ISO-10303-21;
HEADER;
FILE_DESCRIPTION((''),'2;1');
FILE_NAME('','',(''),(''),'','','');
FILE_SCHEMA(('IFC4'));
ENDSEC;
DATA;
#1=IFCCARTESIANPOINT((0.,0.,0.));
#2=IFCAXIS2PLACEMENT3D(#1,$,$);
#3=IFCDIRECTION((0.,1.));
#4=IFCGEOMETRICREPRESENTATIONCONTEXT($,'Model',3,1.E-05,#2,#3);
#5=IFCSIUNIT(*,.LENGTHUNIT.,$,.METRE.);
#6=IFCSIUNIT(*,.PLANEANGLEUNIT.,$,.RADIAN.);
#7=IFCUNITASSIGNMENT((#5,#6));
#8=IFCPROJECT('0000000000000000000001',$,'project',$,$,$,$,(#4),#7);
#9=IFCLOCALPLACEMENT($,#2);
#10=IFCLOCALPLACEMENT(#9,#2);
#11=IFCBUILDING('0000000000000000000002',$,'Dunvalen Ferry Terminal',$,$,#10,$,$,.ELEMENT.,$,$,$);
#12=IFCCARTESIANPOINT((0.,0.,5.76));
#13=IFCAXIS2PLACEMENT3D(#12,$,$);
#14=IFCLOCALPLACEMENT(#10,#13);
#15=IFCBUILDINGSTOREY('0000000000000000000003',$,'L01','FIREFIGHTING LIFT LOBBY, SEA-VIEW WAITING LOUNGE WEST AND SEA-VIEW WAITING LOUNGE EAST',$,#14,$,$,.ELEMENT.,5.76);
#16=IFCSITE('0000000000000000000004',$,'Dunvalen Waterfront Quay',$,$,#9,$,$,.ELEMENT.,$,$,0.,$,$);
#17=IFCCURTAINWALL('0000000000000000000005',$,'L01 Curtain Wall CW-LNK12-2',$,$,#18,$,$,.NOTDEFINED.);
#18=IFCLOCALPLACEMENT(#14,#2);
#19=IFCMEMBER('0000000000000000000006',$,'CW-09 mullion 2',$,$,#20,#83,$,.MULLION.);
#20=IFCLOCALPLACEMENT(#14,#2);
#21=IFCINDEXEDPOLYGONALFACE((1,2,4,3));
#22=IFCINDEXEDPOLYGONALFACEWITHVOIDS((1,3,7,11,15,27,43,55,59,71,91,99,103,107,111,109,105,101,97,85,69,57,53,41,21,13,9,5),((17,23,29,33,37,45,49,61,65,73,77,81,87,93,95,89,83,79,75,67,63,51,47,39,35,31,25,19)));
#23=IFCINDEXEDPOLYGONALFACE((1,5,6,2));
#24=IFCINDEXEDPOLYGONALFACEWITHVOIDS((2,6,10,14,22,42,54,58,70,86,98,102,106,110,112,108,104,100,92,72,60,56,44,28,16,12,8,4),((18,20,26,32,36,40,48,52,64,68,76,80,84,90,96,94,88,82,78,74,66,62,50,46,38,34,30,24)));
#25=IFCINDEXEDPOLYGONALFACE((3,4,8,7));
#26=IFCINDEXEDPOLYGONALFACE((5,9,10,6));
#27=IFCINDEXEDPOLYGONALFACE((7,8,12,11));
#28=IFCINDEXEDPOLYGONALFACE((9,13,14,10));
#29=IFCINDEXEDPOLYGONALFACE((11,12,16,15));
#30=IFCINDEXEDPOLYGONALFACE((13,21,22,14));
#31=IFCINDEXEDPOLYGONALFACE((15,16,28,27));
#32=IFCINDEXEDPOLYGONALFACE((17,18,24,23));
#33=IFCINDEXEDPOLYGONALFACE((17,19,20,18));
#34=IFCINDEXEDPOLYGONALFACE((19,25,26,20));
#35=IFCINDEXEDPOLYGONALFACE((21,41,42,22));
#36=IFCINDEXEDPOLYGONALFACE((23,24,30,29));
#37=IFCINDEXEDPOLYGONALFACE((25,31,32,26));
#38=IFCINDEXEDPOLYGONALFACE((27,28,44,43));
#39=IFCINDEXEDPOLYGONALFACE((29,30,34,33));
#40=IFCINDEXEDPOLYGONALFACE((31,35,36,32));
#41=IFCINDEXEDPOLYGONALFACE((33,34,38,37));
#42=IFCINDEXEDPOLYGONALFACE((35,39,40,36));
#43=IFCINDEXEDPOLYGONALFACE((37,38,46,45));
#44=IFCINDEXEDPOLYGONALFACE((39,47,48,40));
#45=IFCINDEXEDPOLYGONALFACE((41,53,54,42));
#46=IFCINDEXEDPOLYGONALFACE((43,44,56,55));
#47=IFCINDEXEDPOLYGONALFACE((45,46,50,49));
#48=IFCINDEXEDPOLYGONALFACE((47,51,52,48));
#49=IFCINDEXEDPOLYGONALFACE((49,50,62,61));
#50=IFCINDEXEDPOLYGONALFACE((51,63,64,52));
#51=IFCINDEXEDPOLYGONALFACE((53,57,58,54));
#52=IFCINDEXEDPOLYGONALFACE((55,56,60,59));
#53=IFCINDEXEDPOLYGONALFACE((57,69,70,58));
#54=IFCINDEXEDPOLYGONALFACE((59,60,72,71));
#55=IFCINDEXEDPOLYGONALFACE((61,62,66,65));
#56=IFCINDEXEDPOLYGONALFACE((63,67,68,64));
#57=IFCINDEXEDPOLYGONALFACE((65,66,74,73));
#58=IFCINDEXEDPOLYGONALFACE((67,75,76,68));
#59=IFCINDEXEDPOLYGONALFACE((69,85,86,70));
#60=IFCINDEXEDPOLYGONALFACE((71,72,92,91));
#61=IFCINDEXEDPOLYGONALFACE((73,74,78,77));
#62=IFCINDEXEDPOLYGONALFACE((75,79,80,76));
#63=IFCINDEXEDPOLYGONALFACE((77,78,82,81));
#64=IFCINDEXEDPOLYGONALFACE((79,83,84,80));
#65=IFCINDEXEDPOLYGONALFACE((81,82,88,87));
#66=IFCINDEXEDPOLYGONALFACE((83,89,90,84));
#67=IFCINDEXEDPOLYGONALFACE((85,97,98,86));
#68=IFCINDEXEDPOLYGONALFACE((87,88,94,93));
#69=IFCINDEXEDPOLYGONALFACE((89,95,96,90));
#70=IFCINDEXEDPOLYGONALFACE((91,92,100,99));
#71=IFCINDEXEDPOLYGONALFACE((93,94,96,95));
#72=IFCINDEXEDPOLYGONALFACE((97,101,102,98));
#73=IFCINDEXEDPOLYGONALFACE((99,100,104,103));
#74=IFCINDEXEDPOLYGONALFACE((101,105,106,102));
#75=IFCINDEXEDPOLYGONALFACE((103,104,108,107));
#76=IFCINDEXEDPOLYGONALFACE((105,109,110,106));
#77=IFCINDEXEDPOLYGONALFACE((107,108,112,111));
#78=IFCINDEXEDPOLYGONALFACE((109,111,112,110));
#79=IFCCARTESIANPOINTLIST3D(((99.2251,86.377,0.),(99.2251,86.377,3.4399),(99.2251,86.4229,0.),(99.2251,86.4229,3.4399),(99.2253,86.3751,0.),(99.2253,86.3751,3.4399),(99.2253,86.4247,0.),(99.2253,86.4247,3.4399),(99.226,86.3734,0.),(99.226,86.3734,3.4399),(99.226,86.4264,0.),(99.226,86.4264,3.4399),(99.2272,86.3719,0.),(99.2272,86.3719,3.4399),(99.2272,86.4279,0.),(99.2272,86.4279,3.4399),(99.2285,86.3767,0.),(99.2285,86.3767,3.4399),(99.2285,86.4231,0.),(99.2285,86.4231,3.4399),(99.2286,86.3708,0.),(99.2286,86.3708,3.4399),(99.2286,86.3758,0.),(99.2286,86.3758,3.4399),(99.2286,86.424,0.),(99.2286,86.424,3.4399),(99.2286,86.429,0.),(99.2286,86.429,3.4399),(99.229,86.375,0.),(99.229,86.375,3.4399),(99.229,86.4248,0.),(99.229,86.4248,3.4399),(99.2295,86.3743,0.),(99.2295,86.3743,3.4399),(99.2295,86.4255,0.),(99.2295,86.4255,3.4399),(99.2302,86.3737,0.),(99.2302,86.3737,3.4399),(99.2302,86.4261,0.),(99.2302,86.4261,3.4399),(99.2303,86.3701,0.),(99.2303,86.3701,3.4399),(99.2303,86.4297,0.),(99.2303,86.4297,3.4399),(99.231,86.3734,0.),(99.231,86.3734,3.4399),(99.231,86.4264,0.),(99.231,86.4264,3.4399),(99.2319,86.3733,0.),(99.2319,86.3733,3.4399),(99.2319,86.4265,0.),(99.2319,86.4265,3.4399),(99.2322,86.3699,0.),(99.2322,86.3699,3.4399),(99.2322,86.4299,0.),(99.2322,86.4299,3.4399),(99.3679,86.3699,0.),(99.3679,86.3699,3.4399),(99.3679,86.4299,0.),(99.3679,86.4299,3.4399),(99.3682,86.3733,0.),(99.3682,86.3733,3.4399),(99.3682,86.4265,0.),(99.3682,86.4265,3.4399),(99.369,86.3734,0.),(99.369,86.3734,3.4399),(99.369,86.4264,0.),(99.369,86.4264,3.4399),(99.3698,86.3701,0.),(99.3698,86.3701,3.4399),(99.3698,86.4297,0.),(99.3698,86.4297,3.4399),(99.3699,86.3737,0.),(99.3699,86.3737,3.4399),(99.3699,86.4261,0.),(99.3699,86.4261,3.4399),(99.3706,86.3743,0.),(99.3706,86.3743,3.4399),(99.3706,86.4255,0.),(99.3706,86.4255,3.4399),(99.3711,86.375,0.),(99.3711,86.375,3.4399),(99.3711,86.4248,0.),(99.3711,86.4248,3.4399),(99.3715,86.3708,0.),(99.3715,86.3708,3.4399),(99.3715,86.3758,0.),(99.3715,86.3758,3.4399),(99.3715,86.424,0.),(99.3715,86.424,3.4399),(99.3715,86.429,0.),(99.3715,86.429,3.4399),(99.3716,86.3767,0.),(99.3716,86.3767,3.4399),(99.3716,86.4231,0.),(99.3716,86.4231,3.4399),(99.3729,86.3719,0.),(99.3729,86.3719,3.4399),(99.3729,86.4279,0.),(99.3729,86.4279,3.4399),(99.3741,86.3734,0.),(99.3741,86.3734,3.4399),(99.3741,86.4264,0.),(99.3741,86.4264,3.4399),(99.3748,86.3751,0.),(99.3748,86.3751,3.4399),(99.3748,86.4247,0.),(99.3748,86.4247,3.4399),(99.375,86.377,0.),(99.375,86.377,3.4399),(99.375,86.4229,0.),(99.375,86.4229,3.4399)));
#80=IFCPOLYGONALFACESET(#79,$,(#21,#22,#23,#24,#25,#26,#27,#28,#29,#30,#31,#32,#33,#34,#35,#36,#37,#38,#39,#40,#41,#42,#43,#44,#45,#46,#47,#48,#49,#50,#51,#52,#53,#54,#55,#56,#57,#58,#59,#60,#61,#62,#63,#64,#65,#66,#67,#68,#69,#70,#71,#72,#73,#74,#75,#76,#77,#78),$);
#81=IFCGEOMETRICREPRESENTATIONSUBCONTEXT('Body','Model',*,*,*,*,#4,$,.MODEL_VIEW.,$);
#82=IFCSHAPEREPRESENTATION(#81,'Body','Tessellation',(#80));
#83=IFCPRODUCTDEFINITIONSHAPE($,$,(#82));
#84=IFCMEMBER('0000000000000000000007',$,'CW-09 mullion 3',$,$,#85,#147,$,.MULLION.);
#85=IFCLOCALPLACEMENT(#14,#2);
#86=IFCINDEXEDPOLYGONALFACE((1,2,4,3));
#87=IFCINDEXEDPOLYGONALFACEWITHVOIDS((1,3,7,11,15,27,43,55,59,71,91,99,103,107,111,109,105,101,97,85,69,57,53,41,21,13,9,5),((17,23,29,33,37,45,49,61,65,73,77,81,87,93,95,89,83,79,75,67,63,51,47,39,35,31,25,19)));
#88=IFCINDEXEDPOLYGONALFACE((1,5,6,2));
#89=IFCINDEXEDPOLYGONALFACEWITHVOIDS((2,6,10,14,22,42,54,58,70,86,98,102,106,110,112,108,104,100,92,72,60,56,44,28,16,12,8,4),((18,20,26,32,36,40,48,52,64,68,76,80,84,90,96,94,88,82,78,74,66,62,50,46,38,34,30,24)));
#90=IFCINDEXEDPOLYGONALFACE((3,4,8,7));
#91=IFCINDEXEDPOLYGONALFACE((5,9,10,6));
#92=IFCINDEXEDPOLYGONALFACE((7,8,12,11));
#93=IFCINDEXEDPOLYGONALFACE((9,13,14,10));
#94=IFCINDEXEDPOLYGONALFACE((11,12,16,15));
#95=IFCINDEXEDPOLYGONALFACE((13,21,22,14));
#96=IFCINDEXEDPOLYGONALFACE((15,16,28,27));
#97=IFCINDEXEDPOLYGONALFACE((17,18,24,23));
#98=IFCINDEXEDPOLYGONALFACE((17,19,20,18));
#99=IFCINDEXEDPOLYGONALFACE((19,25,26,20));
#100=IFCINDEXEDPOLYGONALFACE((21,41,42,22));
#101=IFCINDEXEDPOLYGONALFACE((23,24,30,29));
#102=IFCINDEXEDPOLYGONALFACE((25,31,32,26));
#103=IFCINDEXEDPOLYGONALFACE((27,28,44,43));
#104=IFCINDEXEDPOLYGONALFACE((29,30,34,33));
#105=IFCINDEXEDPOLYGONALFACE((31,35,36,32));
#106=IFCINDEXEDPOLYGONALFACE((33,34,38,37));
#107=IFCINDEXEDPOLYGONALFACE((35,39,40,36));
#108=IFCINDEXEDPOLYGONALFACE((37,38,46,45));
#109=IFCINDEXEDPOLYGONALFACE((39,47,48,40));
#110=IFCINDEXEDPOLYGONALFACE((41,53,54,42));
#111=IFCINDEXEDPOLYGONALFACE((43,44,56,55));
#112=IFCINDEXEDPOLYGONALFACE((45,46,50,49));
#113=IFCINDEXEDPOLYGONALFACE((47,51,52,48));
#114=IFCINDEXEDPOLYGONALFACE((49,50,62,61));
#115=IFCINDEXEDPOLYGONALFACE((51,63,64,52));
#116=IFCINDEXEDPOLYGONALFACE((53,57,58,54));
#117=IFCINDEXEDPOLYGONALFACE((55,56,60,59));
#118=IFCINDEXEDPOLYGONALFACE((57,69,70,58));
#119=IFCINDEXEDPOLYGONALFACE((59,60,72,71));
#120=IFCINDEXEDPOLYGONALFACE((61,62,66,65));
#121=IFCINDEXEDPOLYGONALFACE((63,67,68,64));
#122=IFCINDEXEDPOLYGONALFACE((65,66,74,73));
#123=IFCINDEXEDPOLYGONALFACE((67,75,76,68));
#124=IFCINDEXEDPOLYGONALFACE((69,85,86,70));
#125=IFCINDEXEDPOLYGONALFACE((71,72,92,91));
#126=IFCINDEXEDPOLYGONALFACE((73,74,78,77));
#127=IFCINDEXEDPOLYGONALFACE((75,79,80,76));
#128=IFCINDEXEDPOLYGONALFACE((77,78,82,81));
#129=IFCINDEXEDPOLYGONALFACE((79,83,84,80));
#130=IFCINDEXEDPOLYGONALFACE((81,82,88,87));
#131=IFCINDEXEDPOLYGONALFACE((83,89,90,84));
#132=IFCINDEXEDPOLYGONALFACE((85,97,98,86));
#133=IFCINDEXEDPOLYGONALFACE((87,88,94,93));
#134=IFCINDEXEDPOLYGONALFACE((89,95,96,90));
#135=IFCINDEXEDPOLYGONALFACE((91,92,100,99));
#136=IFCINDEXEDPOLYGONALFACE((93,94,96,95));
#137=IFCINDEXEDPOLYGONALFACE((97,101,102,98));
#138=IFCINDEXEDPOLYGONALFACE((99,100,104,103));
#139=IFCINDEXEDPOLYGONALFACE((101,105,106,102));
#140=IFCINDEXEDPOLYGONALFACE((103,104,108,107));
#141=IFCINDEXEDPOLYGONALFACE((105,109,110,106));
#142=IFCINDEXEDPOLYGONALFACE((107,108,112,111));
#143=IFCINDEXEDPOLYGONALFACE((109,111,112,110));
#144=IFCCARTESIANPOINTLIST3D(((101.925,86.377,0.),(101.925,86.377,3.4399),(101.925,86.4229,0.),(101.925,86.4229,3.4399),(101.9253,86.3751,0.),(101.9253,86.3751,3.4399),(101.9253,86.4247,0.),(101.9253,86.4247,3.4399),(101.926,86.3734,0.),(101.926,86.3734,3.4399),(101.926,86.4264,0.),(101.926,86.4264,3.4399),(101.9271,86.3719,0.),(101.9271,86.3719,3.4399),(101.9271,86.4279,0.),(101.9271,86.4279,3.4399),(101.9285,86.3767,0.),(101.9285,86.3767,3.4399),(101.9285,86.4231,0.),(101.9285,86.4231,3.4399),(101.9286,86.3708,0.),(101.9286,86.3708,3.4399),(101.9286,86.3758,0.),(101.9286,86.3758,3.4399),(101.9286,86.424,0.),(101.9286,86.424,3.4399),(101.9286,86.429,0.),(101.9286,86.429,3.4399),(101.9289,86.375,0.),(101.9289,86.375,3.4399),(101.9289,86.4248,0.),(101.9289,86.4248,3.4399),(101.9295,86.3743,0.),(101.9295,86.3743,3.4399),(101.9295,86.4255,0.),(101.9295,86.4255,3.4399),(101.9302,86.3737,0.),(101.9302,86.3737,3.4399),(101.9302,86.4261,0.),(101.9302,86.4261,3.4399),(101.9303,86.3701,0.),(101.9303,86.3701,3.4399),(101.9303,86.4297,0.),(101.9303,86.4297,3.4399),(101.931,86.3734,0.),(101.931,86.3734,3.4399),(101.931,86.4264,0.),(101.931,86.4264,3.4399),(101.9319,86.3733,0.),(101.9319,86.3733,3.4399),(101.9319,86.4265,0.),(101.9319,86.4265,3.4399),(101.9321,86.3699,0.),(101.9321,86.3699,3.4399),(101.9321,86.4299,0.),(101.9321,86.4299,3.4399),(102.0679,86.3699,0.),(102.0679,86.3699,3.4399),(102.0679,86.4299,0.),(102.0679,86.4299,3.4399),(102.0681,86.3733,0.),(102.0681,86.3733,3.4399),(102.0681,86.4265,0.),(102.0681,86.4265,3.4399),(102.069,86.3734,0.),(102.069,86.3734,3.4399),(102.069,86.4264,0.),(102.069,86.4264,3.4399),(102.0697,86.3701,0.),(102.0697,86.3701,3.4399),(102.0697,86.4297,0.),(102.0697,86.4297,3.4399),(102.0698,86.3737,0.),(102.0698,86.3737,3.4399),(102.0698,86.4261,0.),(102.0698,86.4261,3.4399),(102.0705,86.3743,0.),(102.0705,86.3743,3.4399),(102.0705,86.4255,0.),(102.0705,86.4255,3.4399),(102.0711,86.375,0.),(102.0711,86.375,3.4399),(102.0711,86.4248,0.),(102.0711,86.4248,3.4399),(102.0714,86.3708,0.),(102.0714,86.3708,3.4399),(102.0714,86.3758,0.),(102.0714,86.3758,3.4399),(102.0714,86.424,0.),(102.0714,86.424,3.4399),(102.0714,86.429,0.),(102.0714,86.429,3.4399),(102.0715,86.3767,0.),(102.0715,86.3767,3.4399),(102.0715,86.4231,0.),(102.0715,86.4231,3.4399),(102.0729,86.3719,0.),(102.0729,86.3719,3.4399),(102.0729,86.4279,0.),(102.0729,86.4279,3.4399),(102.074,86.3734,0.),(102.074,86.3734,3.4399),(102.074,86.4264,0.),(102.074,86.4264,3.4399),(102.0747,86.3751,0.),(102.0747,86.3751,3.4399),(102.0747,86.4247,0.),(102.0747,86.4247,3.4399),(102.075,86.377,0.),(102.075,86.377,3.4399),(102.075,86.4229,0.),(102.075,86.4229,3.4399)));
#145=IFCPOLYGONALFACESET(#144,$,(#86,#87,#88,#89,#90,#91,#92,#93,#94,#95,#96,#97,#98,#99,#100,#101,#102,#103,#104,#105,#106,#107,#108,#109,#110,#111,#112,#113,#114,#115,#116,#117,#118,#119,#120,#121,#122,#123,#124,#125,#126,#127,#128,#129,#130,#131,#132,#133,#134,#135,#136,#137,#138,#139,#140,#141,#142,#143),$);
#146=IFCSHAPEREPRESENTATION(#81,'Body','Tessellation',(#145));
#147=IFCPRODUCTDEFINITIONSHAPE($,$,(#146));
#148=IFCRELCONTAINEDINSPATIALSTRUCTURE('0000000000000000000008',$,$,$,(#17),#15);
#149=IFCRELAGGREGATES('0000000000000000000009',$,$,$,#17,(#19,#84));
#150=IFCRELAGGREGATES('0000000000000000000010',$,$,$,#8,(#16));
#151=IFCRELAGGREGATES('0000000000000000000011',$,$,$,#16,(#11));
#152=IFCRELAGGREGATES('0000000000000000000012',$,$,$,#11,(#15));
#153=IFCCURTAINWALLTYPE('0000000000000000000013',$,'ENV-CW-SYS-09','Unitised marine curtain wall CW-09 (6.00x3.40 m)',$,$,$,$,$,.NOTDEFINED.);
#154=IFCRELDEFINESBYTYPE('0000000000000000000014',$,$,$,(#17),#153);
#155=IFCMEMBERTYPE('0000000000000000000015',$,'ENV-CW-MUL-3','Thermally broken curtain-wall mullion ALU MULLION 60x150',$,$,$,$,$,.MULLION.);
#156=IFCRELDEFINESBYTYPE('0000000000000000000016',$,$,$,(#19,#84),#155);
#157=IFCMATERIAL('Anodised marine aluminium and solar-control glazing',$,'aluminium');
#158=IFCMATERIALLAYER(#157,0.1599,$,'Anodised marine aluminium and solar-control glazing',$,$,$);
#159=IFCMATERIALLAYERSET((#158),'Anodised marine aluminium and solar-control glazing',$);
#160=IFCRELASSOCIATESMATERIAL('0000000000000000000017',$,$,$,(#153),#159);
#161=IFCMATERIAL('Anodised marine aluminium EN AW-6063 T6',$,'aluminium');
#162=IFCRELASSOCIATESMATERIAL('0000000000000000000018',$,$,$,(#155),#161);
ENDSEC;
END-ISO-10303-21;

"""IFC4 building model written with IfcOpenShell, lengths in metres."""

from ifc_helpers import new_model, si_unit, direction, frame, origin, origin_2d, place, context, subcontext, project, spatial, hollow_rectangle, extrude, material, layer, layer_set, material_profile, profile_set, type_object, element, aggregate, save


model = new_model("IFC4")

# Units and contexts
model_context = context("Model", 3, precision=1e-05, world=origin(), true_north=direction((0.0, 1.0)))
body_context = subcontext(model_context, "Body", "Model", "MODEL_VIEW")
ifc_project = project(units=[si_unit("LENGTHUNIT", "METRE"), si_unit("PLANEANGLEUNIT", "RADIAN")], contexts=[model_context])

# Site, building, storey
site_placement = place(None, origin())
site = spatial("IfcSite", under=ifc_project, at=site_placement, Name="Dunvalen Waterfront Quay", CompositionType="ELEMENT", RefElevation=0.0)
building_placement = place(site_placement, origin())
building = spatial("IfcBuilding", under=site, at=building_placement, Name="Dunvalen Ferry Terminal", CompositionType="ELEMENT")
storey_placement = place(building_placement, frame((0.0, 0.0, 5.76)))
storey = spatial("IfcBuildingStorey", under=building, at=storey_placement, Name="L01", Description="FIREFIGHTING LIFT LOBBY, SEA-VIEW WAITING LOUNGE WEST AND SEA-VIEW WAITING LOUNGE EAST", CompositionType="ELEMENT", Elevation=5.76)

# Curtain wall, members
ifc_material_1 = material(Name="Anodised marine aluminium and solar-control glazing", Category="aluminium")
ifc_layer_1 = layer(ifc_material_1, 0.1599, Name="Anodised marine aluminium and solar-control glazing")
ifc_layer_set_1 = layer_set([ifc_layer_1], Name="Anodised marine aluminium and solar-control glazing")
curtain_wall_type = type_object("IfcCurtainWallType", Name="ENV-CW-SYS-09", Description="Unitised marine curtain wall CW-09 (6.00x3.40 m)", PredefinedType="NOTDEFINED", material=ifc_layer_set_1)
curtain_wall_placement = place(storey_placement, origin())
curtain_wall = element("IfcCurtainWall", 1, at=curtain_wall_placement, inside=storey, type_object=curtain_wall_type, Name="L01 Curtain Wall CW-LNK12-2", PredefinedType="NOTDEFINED")
ifc_material_2 = material(Name="Anodised marine aluminium EN AW-6063 T6", Category="aluminium")
ifc_material_profile_1 = material_profile(ifc_material_2, hollow_rectangle(XDim=0.0601, YDim=0.1499, WallThickness=0.0034, InnerFilletRadius=0.0034, OuterFilletRadius=0.0071, at=origin_2d()), Name="Anodised marine aluminium EN AW-6063 T6")
ifc_profile_set_1 = profile_set([ifc_material_profile_1], Name="Anodised marine aluminium EN AW-6063 T6")
member_type_1 = type_object("IfcMemberType", Name="ENV-CW-MUL-3", Description="Thermally broken curtain-wall mullion ALU MULLION 60x150", PredefinedType="MULLION", material=ifc_profile_set_1)
member_1_placement = place(storey_placement, frame((99.3, 86.3999, 0.0), z_axis=(0.0, 0.0, 1.0), x_axis=(0.0, 1.0, 0.0)))
member_1 = element("IfcMember", 2, at=member_1_placement, type_object=member_type_1, Name="CW-09 mullion 2", PredefinedType="MULLION", context=body_context, shape_type="SweptSolid", body=[
    extrude(hollow_rectangle(XDim=0.0601, YDim=0.1499, WallThickness=0.0034, InnerFilletRadius=0.0034, OuterFilletRadius=0.0071, at=origin_2d()), origin(), (0.0, 0.0, 1.0), 3.4399),
])
member_2_placement = place(storey_placement, frame((102.0, 86.3999, 0.0), z_axis=(0.0, 0.0, 1.0), x_axis=(0.0, 1.0, 0.0)))
member_2 = element("IfcMember", 3, at=member_2_placement, type_object=member_type_1, Name="CW-09 mullion 3", PredefinedType="MULLION", context=body_context, shape_type="SweptSolid", body=[
    extrude(hollow_rectangle(XDim=0.0601, YDim=0.1499, WallThickness=0.0034, InnerFilletRadius=0.0034, OuterFilletRadius=0.0071, at=origin_2d()), origin(), (0.0, 0.0, 1.0), 3.4399),
])
aggregate(curtain_wall, [member_1, member_2])

save(model, "model.ifc")
